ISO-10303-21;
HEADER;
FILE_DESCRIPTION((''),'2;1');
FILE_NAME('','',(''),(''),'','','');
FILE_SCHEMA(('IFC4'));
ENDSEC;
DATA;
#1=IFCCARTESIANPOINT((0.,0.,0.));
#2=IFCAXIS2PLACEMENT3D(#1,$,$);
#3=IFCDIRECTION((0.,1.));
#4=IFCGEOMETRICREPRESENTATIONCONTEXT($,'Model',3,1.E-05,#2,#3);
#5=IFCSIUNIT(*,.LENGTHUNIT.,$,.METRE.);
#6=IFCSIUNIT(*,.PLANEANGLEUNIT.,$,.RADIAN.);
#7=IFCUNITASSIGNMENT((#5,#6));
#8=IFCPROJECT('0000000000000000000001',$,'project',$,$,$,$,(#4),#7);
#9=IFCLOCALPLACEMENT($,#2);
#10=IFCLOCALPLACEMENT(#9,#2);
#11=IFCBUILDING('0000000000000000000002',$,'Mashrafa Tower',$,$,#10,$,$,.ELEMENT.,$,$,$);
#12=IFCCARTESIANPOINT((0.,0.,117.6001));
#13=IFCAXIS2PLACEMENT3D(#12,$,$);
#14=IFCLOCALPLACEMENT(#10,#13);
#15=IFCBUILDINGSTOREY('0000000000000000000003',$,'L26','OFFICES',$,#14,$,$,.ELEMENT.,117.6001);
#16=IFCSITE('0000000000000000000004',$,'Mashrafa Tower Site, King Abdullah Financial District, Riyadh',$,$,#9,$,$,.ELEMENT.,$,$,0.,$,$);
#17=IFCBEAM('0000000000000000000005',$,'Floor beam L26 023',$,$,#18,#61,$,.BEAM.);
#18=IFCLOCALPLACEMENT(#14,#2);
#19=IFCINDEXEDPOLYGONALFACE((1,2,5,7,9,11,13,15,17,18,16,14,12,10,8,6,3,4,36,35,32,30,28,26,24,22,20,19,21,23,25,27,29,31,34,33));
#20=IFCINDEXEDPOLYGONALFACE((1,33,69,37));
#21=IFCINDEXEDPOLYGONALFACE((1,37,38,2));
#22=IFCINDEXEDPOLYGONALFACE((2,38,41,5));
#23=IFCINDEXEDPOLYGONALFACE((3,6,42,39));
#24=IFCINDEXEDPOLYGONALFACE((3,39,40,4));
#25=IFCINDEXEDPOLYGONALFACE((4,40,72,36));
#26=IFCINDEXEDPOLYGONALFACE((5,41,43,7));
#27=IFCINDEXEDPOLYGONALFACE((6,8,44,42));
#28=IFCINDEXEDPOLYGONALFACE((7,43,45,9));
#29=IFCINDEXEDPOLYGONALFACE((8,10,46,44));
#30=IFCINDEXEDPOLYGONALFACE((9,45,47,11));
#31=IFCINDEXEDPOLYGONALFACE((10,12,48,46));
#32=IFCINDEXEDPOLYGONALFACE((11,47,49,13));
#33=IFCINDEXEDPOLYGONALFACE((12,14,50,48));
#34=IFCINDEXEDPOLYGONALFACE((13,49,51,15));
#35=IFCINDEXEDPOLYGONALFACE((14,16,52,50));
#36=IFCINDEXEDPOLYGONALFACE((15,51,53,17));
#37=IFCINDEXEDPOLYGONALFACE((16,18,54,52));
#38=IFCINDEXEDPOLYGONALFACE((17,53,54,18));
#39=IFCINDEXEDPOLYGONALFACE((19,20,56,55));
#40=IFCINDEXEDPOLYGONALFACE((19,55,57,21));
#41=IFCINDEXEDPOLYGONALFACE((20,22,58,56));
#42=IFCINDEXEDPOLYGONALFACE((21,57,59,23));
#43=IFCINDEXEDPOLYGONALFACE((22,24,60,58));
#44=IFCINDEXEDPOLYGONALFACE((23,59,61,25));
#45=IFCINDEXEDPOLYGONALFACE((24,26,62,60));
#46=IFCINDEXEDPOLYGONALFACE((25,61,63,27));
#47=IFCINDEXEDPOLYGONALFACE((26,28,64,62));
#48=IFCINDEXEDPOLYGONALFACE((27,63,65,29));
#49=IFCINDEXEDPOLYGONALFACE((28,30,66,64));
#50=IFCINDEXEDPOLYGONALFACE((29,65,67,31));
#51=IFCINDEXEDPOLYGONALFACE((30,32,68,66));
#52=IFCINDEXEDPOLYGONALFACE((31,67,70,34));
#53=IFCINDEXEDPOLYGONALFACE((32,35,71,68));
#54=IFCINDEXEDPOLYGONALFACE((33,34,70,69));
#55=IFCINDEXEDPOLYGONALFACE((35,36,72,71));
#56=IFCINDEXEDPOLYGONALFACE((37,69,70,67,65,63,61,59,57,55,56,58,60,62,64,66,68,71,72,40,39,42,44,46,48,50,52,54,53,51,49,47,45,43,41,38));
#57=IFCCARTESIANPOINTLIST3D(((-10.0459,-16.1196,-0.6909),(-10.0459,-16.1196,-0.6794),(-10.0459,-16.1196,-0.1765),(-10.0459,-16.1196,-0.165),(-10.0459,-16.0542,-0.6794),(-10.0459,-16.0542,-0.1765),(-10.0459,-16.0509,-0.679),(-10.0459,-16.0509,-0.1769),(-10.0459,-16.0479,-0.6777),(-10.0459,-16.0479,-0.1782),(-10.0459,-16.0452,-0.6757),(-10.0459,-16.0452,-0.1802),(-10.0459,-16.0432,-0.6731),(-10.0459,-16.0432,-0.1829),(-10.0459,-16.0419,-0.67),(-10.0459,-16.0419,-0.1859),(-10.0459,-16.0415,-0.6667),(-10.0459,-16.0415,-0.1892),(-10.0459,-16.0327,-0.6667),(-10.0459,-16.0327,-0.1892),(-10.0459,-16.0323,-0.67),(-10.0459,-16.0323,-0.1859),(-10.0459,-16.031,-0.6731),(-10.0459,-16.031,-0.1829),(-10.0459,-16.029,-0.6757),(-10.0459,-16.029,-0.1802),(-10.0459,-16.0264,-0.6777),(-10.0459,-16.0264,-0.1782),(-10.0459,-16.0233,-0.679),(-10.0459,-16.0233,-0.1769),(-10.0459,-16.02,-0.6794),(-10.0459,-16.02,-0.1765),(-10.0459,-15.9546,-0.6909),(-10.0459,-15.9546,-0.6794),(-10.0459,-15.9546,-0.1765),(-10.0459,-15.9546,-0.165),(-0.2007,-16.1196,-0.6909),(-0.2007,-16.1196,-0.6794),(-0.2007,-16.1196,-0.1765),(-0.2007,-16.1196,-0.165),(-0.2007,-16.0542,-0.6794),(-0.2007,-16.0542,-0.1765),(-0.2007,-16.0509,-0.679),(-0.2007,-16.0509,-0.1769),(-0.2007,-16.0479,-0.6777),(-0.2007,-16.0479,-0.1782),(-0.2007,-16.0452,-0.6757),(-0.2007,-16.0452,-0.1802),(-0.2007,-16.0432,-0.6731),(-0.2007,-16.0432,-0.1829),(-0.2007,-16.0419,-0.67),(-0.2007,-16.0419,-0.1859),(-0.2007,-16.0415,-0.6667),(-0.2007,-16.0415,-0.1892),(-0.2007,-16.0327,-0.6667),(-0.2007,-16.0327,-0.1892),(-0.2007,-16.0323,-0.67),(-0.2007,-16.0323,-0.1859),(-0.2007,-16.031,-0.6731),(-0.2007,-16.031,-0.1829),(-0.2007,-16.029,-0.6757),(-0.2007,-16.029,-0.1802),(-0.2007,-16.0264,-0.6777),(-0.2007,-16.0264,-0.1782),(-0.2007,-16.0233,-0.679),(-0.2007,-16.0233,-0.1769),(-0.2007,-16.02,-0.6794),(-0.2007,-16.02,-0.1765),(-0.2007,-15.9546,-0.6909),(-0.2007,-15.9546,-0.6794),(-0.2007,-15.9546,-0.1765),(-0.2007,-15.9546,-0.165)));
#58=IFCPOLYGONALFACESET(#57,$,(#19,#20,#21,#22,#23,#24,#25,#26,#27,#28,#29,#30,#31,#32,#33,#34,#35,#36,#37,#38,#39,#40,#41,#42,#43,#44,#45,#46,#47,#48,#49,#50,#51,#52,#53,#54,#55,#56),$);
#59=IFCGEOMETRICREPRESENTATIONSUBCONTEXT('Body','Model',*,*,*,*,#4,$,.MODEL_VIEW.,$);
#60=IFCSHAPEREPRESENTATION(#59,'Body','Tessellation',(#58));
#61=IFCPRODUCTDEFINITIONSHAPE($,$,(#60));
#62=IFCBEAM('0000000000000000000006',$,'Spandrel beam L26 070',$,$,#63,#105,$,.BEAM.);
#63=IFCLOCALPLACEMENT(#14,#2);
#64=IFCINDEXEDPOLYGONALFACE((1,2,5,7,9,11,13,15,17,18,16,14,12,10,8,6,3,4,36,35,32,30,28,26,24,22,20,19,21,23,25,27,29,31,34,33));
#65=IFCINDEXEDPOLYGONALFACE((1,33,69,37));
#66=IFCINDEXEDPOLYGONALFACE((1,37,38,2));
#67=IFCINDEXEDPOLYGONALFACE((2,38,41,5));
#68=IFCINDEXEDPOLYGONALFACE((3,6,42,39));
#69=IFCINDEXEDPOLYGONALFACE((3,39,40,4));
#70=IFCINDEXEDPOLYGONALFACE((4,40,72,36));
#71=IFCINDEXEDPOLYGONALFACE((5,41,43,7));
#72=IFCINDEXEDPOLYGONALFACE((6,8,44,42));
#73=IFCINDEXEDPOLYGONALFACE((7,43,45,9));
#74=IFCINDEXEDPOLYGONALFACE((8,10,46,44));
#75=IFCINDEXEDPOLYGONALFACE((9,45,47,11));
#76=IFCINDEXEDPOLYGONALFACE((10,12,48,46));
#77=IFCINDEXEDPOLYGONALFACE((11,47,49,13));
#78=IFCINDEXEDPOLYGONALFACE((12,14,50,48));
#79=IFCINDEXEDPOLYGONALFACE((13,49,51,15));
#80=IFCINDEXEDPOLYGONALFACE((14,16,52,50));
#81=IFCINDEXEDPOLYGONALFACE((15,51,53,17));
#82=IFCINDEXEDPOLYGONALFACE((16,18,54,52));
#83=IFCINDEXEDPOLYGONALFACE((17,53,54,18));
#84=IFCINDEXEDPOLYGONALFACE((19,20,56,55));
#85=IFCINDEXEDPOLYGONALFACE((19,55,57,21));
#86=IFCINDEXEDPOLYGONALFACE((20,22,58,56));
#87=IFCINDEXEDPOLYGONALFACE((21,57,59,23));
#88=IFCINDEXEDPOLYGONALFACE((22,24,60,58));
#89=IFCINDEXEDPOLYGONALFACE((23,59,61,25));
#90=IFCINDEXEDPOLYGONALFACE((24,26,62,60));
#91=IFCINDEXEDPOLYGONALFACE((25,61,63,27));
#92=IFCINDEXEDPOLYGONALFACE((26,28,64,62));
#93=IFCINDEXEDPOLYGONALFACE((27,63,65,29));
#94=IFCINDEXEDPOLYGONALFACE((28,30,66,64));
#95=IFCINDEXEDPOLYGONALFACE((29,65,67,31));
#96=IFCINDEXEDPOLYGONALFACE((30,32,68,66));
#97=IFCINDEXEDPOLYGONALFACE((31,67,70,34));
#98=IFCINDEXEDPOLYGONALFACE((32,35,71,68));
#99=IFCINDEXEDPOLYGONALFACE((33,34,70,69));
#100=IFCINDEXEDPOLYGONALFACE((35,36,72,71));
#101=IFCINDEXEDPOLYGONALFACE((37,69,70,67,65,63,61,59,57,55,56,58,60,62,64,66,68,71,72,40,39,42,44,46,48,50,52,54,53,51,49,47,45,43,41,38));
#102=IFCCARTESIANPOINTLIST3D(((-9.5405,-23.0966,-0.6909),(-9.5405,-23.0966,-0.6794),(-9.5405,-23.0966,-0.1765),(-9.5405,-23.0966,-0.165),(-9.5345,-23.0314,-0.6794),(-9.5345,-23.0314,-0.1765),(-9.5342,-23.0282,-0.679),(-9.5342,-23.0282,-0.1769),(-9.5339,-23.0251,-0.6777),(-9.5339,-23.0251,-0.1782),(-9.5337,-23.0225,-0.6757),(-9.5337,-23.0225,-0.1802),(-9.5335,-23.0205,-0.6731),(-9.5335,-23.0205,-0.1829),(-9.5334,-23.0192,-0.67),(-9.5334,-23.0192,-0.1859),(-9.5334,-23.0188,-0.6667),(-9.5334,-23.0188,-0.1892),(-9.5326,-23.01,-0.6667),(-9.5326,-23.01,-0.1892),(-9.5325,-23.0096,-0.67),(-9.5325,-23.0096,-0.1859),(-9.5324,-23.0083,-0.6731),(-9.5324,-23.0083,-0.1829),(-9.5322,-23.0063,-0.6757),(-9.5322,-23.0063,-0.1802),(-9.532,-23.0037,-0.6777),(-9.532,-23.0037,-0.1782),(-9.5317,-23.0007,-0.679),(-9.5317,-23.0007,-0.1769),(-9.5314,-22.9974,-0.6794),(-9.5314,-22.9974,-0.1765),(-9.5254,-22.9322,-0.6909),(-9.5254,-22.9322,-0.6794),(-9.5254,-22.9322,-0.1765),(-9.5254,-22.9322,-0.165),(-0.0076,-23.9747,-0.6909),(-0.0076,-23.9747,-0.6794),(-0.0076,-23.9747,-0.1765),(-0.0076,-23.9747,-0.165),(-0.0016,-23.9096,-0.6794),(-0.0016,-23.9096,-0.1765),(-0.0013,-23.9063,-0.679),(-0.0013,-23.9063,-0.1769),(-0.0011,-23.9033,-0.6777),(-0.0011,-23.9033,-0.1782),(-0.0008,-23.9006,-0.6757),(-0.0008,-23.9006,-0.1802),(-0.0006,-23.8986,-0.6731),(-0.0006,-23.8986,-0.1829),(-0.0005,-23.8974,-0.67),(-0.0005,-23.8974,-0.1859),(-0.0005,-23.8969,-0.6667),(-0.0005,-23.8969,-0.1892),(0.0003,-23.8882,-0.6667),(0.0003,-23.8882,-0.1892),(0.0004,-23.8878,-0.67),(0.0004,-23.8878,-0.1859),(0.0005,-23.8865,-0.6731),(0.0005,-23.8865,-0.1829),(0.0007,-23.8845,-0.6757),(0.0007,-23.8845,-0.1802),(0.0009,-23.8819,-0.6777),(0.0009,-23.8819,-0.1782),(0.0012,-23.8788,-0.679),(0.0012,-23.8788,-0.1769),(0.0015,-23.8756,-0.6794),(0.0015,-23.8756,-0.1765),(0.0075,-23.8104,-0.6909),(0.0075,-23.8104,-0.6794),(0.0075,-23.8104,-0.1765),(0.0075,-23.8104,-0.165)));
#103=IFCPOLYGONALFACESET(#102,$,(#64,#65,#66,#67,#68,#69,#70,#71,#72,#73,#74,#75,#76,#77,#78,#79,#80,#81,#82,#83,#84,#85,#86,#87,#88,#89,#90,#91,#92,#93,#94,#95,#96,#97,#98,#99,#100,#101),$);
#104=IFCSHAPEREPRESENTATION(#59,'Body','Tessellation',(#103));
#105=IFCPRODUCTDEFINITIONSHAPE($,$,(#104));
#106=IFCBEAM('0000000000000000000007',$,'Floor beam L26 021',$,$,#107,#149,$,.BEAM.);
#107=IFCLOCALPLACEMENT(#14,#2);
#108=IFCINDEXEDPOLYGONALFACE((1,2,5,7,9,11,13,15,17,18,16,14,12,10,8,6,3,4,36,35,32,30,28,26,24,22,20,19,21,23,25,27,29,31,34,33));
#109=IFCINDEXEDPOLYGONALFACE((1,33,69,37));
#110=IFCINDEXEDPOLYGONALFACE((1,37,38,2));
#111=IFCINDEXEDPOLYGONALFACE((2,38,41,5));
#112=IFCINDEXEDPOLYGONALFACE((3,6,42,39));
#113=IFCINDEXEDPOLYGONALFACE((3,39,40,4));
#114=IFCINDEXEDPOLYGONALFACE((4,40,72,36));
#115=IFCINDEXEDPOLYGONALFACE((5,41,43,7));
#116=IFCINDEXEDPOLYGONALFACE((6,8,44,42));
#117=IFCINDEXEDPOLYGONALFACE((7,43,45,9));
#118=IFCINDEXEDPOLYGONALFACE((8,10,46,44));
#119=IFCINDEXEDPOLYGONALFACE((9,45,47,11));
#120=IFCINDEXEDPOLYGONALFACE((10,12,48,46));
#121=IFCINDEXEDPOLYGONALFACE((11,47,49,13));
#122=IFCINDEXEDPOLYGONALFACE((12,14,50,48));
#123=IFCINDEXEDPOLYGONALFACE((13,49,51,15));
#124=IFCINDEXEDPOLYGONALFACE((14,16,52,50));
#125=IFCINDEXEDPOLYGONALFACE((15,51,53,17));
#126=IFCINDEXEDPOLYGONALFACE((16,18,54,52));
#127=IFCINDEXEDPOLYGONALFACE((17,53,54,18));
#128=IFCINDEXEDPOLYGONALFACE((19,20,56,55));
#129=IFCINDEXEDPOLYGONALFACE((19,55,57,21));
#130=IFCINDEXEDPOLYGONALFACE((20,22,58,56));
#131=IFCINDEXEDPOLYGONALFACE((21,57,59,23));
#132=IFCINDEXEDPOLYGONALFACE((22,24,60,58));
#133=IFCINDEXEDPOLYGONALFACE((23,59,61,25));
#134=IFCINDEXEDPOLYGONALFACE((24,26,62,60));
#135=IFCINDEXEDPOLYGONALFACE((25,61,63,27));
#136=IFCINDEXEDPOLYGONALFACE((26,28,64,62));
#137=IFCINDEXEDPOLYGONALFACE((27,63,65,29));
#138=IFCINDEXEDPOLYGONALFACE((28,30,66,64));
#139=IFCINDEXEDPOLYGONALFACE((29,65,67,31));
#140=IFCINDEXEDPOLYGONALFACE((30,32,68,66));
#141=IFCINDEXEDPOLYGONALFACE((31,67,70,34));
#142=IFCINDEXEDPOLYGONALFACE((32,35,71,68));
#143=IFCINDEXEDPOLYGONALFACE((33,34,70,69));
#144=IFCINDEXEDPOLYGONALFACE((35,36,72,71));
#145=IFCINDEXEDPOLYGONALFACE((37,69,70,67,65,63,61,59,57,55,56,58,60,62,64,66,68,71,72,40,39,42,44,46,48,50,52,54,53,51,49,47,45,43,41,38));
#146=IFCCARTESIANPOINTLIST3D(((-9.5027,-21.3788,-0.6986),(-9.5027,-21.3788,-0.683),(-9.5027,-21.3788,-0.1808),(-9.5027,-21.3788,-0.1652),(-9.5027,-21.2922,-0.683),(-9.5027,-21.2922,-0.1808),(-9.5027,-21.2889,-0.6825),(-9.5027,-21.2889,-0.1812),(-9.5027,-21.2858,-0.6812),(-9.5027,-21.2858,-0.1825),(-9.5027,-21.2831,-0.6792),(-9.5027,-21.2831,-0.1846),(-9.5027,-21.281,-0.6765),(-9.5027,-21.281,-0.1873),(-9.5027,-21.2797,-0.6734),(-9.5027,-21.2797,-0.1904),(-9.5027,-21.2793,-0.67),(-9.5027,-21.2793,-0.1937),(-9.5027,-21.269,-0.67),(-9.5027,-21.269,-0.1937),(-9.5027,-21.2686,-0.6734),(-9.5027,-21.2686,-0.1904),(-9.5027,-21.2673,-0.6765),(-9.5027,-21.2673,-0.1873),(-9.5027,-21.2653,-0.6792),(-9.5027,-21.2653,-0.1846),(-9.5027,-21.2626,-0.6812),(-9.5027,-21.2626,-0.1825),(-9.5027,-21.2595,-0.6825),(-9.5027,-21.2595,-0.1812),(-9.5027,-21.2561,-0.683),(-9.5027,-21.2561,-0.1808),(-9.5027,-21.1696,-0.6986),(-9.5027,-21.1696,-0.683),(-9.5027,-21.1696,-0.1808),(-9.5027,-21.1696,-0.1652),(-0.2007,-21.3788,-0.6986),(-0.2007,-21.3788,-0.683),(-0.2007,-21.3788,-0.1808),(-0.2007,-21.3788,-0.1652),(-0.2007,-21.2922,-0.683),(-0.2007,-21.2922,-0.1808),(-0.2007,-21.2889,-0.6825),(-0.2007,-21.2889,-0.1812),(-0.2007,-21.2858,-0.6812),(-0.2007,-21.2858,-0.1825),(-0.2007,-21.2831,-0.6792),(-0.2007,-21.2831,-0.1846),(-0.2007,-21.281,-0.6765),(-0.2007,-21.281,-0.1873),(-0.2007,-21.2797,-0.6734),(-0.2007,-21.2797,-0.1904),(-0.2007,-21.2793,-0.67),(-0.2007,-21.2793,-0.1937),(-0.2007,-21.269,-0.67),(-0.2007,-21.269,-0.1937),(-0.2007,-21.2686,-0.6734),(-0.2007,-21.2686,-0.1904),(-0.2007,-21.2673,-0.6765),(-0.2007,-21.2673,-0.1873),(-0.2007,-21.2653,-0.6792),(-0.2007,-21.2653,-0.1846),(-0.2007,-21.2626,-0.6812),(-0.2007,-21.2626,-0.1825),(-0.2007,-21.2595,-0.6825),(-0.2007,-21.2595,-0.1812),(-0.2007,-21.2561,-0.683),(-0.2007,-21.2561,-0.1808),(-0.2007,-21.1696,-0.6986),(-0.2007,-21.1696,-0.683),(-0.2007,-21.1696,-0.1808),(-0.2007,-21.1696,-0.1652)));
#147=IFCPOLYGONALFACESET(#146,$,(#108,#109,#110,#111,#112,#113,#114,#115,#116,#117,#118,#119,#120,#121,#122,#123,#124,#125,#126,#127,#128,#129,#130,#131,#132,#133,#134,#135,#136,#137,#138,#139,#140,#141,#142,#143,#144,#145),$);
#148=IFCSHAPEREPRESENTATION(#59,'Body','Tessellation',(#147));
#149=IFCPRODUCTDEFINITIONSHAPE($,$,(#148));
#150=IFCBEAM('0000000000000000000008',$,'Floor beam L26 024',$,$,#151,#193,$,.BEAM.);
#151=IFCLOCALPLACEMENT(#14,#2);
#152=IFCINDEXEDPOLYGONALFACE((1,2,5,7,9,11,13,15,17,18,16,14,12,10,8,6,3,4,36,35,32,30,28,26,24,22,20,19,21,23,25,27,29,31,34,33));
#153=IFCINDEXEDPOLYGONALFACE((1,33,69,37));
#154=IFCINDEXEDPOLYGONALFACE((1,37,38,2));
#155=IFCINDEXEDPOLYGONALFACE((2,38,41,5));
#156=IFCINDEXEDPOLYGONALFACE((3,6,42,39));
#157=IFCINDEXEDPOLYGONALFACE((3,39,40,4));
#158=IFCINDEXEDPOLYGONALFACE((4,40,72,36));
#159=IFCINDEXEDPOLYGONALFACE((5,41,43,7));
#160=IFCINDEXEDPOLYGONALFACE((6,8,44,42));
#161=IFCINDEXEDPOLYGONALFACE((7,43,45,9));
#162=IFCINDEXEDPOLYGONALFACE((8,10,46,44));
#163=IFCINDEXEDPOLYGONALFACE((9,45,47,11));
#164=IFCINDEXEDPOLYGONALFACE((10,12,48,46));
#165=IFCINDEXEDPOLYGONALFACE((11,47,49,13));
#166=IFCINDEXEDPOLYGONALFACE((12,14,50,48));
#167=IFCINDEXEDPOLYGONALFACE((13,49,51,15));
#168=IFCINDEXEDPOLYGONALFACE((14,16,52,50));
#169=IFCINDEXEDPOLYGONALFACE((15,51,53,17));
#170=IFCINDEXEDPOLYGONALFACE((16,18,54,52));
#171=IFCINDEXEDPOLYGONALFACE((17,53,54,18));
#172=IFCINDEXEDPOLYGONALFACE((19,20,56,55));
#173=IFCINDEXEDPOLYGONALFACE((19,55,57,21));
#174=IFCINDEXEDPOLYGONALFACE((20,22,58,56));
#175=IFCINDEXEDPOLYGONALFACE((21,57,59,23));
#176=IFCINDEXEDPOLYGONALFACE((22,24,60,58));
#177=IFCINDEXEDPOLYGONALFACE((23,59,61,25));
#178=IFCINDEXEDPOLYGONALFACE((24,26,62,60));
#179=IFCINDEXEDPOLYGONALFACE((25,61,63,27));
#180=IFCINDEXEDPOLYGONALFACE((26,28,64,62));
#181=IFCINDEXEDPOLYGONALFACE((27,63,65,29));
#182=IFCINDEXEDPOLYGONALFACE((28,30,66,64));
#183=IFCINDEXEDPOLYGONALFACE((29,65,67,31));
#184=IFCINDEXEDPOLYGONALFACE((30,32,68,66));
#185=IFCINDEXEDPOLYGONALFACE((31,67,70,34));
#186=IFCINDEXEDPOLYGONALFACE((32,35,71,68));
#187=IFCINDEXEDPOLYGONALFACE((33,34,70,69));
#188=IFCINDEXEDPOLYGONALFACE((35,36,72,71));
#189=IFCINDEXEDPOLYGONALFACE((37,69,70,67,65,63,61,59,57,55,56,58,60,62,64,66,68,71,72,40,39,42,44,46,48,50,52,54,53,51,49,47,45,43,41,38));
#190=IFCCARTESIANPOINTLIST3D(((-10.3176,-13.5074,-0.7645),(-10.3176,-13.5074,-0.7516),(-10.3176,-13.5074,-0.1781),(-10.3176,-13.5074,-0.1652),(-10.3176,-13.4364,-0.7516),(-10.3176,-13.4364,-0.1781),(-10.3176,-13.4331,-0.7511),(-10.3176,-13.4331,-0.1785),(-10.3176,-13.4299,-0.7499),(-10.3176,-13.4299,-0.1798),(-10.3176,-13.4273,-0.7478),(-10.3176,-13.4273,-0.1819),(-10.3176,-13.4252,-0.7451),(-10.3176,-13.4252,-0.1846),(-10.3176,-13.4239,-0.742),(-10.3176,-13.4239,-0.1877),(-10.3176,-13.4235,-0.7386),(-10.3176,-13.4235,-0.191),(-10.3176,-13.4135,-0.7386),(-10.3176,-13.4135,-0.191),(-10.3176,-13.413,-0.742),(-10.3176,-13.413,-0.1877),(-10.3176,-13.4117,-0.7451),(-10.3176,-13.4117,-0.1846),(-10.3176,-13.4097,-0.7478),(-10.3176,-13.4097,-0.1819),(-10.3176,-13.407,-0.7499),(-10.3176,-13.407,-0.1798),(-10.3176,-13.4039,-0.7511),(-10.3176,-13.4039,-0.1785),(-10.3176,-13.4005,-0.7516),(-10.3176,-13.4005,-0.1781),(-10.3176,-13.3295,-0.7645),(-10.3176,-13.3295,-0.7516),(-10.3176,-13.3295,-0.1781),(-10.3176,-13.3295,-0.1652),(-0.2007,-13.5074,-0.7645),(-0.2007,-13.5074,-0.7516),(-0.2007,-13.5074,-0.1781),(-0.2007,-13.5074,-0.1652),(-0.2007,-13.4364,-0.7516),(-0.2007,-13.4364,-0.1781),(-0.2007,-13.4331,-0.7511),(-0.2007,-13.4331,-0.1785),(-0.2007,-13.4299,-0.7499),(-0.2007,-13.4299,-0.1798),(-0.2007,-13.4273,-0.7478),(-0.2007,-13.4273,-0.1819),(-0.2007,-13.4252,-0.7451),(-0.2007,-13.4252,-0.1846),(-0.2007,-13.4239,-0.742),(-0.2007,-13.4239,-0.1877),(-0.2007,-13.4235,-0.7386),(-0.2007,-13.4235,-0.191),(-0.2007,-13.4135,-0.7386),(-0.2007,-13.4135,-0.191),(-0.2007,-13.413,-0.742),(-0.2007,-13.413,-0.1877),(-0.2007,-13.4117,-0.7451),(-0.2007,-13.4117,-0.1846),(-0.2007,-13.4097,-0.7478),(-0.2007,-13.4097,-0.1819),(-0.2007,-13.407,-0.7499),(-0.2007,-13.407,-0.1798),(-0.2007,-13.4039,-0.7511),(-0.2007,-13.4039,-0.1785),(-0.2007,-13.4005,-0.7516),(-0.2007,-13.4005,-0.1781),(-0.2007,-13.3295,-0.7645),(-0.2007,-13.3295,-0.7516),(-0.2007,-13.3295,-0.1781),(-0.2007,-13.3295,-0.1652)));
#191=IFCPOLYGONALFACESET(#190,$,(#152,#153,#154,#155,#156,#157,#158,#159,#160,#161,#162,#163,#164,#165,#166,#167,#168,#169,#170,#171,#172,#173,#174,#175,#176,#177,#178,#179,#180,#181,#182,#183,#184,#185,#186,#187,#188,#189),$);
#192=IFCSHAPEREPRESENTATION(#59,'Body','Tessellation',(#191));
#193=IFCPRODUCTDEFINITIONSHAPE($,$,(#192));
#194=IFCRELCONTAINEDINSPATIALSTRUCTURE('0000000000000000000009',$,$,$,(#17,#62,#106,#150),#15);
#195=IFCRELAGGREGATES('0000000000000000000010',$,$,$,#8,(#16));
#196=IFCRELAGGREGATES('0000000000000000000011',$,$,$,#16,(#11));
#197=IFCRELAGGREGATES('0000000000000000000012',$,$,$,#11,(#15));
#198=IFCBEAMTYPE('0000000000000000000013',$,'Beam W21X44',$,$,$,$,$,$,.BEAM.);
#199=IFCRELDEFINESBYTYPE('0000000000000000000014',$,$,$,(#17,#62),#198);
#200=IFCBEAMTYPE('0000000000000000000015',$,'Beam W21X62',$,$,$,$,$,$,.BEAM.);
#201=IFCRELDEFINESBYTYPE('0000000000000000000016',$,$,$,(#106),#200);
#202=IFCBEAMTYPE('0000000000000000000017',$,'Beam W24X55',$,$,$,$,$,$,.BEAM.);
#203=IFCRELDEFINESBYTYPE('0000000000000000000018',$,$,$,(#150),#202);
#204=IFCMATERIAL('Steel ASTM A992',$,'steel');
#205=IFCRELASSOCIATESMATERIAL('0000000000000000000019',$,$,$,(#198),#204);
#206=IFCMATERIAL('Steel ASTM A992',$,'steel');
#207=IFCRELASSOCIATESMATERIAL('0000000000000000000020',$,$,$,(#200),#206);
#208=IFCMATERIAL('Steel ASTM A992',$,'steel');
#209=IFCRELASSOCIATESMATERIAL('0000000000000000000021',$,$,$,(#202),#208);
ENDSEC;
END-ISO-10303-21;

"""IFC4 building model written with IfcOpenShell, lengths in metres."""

from ifc_helpers import new_model, si_unit, direction, frame, origin, origin_2d, place, context, subcontext, project, spatial, i_section, extrude, material, material_profile, profile_set, type_object, element, save


model = new_model("IFC4")

# Units and contexts
model_context = context("Model", 3, precision=1e-05, world=origin(), true_north=direction((0.0, 1.0)))
body_context = subcontext(model_context, "Body", "Model", "MODEL_VIEW")
ifc_project = project(units=[si_unit("LENGTHUNIT", "METRE"), si_unit("PLANEANGLEUNIT", "RADIAN")], contexts=[model_context])

# Site, building, storey
site_placement = place(None, origin())
site = spatial("IfcSite", under=ifc_project, at=site_placement, Name="Mashrafa Tower Site, King Abdullah Financial District, Riyadh", CompositionType="ELEMENT", RefElevation=0.0)
building_placement = place(site_placement, origin())
building = spatial("IfcBuilding", under=site, at=building_placement, Name="Mashrafa Tower", CompositionType="ELEMENT")
storey_placement = place(building_placement, frame((0.0, 0.0, 117.6001)))
storey = spatial("IfcBuildingStorey", under=building, at=storey_placement, Name="L26", Description="OFFICES", CompositionType="ELEMENT", Elevation=117.6001)

# Beams
ifc_material_1 = material(Name="Steel ASTM A992", Category="steel")
ifc_material_profile_1 = material_profile(ifc_material_1, i_section(OverallWidth=0.165, OverallDepth=0.5259, WebThickness=0.0088, FlangeThickness=0.0115, FilletRadius=0.0127, at=origin_2d()), Name="W21X44")
ifc_profile_set_1 = profile_set([ifc_material_profile_1], Name="Steel ASTM A992")
beam_type_1 = type_object("IfcBeamType", Name="Beam W21X44", PredefinedType="BEAM", material=ifc_profile_set_1)
beam_1_placement = place(storey_placement, frame((-0.2007, -16.0371, -0.428), z_axis=(-1.0, 0.0, 0.0), x_axis=(0.0, -1.0, 0.0)))
element("IfcBeam", 1, at=beam_1_placement, inside=storey, type_object=beam_type_1, Name="Floor beam L26 023", PredefinedType="BEAM", context=body_context, shape_type="SweptSolid", body=[
    extrude(i_section(OverallWidth=0.165, OverallDepth=0.5259, WebThickness=0.0088, FlangeThickness=0.0115, FilletRadius=0.0127, at=origin_2d()), origin(), (0.0, 0.0, 1.0), 9.8452),
])
beam_2_placement = place(storey_placement, frame((-9.533, -23.0144, -0.428), z_axis=(0.995784, -0.091731, 0.0), x_axis=(0.091731, 0.995784, 0.0)))
element("IfcBeam", 2, at=beam_2_placement, inside=storey, type_object=beam_type_1, Name="Spandrel beam L26 070", PredefinedType="BEAM", context=body_context, shape_type="SweptSolid", body=[
    extrude(i_section(OverallWidth=0.165, OverallDepth=0.5259, WebThickness=0.0088, FlangeThickness=0.0115, FilletRadius=0.0127, at=origin_2d()), origin(), (0.0, 0.0, 1.0), 9.5732),
])
ifc_material_2 = material(Name="Steel ASTM A992", Category="steel")
ifc_material_profile_2 = material_profile(ifc_material_2, i_section(OverallWidth=0.2092, OverallDepth=0.5334, WebThickness=0.0103, FlangeThickness=0.0156, FilletRadius=0.0129, at=origin_2d()), Name="W21X62")
ifc_profile_set_2 = profile_set([ifc_material_profile_2], Name="Steel ASTM A992")
beam_type_2 = type_object("IfcBeamType", Name="Beam W21X62", PredefinedType="BEAM", material=ifc_profile_set_2)
beam_3_placement = place(storey_placement, frame((-0.2007, -21.2742, -0.4319), z_axis=(-1.0, 0.0, 0.0), x_axis=(0.0, -1.0, 0.0)))
element("IfcBeam", 3, at=beam_3_placement, inside=storey, type_object=beam_type_2, Name="Floor beam L26 021", PredefinedType="BEAM", context=body_context, shape_type="SweptSolid", body=[
    extrude(i_section(OverallWidth=0.2092, OverallDepth=0.5334, WebThickness=0.0103, FlangeThickness=0.0156, FilletRadius=0.0129, at=origin_2d()), origin(), (0.0, 0.0, 1.0), 9.302),
])
ifc_material_3 = material(Name="Steel ASTM A992", Category="steel")
ifc_material_profile_3 = material_profile(ifc_material_3, i_section(OverallWidth=0.178, OverallDepth=0.5994, WebThickness=0.01, FlangeThickness=0.0129, FilletRadius=0.0129, at=origin_2d()), Name="W24X55")
ifc_profile_set_3 = profile_set([ifc_material_profile_3], Name="Steel ASTM A992")
beam_type_3 = type_object("IfcBeamType", Name="Beam W24X55", PredefinedType="BEAM", material=ifc_profile_set_3)
beam_4_placement = place(storey_placement, frame((-0.2007, -13.4185, -0.4648), z_axis=(-1.0, 0.0, 0.0), x_axis=(0.0, -1.0, 0.0)))
element("IfcBeam", 4, at=beam_4_placement, inside=storey, type_object=beam_type_3, Name="Floor beam L26 024", PredefinedType="BEAM", context=body_context, shape_type="SweptSolid", body=[
    extrude(i_section(OverallWidth=0.178, OverallDepth=0.5994, WebThickness=0.01, FlangeThickness=0.0129, FilletRadius=0.0129, at=origin_2d()), origin(), (0.0, 0.0, 1.0), 10.1169),
])

save(model, "model.ifc")
